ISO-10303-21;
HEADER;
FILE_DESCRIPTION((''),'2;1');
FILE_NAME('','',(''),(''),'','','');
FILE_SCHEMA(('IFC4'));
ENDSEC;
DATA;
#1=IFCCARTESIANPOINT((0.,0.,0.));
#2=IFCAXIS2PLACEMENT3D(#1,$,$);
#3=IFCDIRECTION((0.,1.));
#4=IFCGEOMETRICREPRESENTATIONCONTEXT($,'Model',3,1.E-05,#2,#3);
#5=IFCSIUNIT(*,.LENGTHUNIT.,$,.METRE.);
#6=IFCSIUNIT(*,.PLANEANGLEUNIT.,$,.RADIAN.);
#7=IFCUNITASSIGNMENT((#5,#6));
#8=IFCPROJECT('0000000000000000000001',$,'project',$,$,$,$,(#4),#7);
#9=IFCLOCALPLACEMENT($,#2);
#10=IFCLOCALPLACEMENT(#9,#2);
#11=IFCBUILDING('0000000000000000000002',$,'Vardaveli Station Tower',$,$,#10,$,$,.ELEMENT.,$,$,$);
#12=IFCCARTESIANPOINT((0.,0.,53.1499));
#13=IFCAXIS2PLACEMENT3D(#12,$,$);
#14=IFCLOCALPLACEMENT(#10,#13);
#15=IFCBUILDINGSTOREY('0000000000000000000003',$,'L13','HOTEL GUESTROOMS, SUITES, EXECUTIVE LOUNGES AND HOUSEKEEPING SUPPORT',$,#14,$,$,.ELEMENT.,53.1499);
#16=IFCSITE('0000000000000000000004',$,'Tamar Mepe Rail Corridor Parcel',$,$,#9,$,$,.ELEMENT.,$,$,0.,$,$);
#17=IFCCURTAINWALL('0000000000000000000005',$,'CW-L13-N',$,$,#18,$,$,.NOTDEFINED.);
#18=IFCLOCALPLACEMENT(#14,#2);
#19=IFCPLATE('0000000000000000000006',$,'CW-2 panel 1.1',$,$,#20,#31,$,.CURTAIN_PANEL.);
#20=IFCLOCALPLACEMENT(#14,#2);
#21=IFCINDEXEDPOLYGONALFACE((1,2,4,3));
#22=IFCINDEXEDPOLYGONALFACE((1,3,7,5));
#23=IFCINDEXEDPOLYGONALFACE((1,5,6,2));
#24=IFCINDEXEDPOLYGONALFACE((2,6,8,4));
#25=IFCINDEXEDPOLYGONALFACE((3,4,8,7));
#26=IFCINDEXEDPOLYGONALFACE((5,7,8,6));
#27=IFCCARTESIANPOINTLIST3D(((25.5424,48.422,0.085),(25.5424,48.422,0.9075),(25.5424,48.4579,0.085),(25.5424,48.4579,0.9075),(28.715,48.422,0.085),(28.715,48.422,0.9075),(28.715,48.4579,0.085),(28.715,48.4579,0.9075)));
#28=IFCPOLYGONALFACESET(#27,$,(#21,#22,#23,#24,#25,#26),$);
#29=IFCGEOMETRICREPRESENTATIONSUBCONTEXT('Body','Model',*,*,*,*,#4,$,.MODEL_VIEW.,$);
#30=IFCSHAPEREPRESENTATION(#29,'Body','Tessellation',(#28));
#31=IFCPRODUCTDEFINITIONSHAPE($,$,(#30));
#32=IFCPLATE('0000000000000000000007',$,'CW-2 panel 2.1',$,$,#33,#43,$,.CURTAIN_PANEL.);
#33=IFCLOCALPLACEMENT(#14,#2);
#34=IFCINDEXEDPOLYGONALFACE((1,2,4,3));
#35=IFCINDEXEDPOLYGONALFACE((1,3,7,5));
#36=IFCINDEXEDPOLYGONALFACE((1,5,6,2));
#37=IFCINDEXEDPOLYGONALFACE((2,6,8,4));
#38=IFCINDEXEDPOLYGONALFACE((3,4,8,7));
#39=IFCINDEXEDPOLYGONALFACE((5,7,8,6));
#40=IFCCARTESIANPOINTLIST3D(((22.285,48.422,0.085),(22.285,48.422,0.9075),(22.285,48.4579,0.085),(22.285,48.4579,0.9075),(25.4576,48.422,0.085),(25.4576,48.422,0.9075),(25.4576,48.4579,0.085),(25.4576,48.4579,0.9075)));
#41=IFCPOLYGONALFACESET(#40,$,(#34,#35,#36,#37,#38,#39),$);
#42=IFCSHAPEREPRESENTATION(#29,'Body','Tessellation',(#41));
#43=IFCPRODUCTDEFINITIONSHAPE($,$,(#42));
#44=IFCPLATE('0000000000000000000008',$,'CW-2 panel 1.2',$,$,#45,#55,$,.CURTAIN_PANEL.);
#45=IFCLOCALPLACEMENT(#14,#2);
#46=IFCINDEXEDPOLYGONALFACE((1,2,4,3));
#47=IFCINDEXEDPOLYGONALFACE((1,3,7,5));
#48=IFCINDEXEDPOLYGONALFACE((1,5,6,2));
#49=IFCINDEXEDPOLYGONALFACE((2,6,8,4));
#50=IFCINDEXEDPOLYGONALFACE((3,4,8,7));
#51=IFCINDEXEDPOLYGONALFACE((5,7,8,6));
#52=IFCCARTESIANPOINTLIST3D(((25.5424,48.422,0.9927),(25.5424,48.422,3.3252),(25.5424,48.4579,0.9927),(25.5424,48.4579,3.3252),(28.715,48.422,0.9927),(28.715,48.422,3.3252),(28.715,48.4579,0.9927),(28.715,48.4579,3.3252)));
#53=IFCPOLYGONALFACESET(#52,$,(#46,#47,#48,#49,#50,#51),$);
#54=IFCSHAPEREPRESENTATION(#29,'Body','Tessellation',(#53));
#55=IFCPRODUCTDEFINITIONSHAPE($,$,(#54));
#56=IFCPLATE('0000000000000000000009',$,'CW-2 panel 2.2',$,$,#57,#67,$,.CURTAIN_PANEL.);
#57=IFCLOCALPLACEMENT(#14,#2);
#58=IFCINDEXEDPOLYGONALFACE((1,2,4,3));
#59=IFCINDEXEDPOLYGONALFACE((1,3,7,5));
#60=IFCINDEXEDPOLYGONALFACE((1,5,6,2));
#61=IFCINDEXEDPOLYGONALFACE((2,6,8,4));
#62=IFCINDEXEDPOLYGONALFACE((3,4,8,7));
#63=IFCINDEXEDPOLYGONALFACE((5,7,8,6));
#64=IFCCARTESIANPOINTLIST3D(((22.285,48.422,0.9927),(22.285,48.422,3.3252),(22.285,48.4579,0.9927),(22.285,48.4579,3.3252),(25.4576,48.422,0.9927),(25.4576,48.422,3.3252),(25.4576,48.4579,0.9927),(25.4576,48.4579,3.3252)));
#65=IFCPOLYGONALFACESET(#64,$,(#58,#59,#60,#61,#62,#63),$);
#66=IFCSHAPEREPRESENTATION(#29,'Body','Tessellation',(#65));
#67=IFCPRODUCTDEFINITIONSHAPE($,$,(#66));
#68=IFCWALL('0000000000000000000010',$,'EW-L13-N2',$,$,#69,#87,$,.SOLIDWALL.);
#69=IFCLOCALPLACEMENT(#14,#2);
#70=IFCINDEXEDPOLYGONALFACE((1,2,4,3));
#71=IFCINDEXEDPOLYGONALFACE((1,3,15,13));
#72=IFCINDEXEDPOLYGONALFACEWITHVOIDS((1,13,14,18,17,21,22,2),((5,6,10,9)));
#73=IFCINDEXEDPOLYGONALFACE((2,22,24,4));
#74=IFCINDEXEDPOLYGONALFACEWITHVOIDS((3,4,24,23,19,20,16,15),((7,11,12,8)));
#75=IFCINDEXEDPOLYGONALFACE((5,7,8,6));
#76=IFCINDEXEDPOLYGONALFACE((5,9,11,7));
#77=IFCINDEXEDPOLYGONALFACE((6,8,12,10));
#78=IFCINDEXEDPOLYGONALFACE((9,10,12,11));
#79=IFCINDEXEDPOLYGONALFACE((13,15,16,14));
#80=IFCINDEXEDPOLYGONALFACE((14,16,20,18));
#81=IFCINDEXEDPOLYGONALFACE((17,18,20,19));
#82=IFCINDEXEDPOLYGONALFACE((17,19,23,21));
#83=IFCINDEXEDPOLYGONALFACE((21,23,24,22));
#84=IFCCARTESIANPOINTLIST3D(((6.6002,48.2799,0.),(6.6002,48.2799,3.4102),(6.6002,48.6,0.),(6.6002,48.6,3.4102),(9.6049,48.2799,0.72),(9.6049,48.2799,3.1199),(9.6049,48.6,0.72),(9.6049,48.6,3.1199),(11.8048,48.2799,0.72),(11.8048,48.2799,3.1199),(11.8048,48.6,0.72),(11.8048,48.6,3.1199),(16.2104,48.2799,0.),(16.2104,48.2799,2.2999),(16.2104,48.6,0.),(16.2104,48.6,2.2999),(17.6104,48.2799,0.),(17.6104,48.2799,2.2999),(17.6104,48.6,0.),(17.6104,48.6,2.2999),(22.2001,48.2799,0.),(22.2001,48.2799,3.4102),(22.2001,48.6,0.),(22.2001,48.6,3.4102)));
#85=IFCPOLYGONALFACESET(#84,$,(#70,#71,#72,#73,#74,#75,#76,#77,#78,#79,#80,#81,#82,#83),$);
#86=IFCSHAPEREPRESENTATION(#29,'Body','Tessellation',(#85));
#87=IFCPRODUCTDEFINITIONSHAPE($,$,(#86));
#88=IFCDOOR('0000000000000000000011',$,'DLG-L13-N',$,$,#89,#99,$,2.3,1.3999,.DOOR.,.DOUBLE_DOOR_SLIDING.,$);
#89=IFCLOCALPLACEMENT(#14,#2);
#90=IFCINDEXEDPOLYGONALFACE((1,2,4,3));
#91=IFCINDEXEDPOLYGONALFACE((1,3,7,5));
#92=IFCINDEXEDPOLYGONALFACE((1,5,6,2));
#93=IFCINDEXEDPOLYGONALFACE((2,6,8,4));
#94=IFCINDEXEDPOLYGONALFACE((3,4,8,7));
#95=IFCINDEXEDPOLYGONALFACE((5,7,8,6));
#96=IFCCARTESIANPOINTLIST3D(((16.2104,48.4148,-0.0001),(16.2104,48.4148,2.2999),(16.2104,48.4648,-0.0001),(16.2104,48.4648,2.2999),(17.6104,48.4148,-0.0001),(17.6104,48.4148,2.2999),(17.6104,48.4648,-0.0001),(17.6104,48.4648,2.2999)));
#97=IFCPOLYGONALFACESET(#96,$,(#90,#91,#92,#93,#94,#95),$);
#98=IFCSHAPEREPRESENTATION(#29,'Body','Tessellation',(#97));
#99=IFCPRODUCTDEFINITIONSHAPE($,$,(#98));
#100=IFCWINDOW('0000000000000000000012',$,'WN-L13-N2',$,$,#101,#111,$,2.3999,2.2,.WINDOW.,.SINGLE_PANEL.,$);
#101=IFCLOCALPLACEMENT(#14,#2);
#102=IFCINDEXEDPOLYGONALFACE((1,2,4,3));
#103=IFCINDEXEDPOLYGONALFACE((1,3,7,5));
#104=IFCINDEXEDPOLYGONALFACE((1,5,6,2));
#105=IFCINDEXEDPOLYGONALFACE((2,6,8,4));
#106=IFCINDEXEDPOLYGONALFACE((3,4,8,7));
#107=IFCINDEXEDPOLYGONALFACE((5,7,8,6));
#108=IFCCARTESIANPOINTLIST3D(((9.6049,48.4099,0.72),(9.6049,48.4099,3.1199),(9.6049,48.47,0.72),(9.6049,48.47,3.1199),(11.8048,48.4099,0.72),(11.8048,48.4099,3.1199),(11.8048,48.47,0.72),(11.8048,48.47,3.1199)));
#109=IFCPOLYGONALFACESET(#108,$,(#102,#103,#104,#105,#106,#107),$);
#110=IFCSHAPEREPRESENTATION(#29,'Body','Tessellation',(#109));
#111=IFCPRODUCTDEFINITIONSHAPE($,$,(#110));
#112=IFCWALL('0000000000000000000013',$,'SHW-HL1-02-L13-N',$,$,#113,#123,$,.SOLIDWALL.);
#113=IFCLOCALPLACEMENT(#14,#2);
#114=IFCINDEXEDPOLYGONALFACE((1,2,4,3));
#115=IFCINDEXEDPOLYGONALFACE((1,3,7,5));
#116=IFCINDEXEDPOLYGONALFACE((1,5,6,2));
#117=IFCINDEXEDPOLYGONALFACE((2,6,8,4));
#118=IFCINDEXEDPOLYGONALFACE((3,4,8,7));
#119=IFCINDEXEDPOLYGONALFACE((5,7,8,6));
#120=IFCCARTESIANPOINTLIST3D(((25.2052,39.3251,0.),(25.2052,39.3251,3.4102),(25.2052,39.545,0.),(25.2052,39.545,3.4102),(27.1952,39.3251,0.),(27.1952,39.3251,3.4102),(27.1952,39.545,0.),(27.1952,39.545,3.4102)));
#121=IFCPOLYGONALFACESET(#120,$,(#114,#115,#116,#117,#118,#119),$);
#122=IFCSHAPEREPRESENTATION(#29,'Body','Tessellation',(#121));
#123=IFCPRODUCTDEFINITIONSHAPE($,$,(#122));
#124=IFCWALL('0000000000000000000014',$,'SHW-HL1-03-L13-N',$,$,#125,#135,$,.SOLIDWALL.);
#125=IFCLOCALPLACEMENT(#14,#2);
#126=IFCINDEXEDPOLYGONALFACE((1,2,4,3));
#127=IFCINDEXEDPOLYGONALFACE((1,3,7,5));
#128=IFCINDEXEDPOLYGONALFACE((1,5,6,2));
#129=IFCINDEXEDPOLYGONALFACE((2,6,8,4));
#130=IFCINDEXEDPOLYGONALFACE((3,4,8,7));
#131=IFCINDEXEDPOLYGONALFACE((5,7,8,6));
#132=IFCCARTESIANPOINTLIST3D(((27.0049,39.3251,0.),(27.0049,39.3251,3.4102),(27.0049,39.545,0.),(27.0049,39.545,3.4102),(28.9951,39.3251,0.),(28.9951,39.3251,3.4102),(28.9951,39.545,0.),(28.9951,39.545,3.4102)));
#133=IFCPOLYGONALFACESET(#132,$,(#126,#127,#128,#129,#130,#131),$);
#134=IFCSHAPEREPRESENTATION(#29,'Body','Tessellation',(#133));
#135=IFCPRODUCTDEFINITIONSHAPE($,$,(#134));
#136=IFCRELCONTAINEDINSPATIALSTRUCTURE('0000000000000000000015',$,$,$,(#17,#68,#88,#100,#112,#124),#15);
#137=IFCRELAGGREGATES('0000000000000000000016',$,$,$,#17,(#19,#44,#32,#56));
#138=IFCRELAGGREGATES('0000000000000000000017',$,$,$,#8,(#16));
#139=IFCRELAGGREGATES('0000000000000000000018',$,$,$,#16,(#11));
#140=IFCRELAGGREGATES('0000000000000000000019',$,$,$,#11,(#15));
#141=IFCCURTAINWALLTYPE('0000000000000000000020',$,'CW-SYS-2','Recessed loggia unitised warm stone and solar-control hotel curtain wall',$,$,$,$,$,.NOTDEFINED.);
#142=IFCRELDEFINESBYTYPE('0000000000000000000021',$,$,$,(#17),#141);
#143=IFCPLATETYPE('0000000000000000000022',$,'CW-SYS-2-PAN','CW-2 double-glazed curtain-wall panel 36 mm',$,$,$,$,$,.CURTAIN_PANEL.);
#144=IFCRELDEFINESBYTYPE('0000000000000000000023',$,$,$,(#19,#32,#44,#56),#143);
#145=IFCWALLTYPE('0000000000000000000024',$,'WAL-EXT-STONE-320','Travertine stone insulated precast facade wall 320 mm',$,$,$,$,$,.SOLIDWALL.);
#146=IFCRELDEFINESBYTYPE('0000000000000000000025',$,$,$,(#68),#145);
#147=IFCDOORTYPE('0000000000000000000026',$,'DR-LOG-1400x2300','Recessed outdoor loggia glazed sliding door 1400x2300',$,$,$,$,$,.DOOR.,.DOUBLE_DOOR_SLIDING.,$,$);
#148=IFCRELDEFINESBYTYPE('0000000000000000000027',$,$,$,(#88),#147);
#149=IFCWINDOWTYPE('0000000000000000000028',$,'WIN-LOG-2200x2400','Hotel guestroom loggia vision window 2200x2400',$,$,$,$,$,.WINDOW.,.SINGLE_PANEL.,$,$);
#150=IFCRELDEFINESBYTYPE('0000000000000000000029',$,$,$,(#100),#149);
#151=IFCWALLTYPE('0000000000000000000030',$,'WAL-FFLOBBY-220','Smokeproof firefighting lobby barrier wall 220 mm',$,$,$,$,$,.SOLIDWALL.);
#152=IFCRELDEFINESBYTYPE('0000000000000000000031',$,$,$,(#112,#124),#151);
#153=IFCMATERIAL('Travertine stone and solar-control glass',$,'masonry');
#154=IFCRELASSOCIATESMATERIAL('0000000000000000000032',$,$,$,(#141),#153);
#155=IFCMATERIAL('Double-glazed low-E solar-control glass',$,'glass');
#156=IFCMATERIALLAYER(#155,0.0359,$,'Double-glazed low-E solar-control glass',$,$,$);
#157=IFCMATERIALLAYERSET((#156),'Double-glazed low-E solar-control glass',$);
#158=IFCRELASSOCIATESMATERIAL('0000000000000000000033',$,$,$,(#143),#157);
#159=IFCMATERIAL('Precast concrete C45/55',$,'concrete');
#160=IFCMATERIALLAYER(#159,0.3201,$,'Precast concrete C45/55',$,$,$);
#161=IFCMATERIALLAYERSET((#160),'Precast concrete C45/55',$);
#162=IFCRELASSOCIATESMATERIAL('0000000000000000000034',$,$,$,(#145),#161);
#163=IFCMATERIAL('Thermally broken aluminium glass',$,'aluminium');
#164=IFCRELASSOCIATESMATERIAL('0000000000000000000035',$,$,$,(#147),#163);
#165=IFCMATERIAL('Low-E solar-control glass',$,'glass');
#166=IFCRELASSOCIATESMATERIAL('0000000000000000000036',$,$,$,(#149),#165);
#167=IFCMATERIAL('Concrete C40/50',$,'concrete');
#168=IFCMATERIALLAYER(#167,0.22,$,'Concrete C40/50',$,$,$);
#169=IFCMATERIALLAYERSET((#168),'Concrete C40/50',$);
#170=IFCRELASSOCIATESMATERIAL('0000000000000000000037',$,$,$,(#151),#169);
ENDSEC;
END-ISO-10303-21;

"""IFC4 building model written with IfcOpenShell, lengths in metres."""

from ifc_helpers import new_model, si_unit, direction, frame, frame_2d, origin, origin_2d, place, context, subcontext, project, spatial, rectangle, extrude, source, transform, mapped, material, layer, layer_set, type_object, element, fill, aggregate, save


model = new_model("IFC4")

# Units and contexts
model_context = context("Model", 3, precision=1e-05, world=origin(), true_north=direction((0.0, 1.0)))
body_context = subcontext(model_context, "Body", "Model", "MODEL_VIEW")
ifc_project = project(units=[si_unit("LENGTHUNIT", "METRE"), si_unit("PLANEANGLEUNIT", "RADIAN")], contexts=[model_context])

# Site, building, storey
site_placement = place(None, origin())
site = spatial("IfcSite", under=ifc_project, at=site_placement, Name="Tamar Mepe Rail Corridor Parcel", CompositionType="ELEMENT", RefElevation=0.0)
building_placement = place(site_placement, origin())
building = spatial("IfcBuilding", under=site, at=building_placement, Name="Vardaveli Station Tower", CompositionType="ELEMENT")
storey_placement = place(building_placement, frame((0.0, 0.0, 53.1499)))
storey = spatial("IfcBuildingStorey", under=building, at=storey_placement, Name="L13", Description="HOTEL GUESTROOMS, SUITES, EXECUTIVE LOUNGES AND HOUSEKEEPING SUPPORT", CompositionType="ELEMENT", Elevation=53.1499)

# Shared definitions
ifc_material_1 = material(Name="Precast concrete C45/55", Category="concrete")

# Curtain wall, plates
ifc_material_2 = material(Name="Travertine stone and solar-control glass", Category="masonry")
curtain_wall_type = type_object("IfcCurtainWallType", Name="CW-SYS-2", Description="Recessed loggia unitised warm stone and solar-control hotel curtain wall", PredefinedType="NOTDEFINED", material=ifc_material_2)
curtain_wall_placement = place(storey_placement, origin())
curtain_wall = element("IfcCurtainWall", 1, at=curtain_wall_placement, inside=storey, type_object=curtain_wall_type, Name="CW-L13-N", PredefinedType="NOTDEFINED")
ifc_material_3 = material(Name="Double-glazed low-E solar-control glass", Category="glass")
ifc_layer_1 = layer(ifc_material_3, 0.0359, Name="Double-glazed low-E solar-control glass")
ifc_layer_set_1 = layer_set([ifc_layer_1], Name="Double-glazed low-E solar-control glass")
plate_type = type_object("IfcPlateType", Name="CW-SYS-2-PAN", Description="CW-2 double-glazed curtain-wall panel 36 mm", PredefinedType="CURTAIN_PANEL", material=ifc_layer_set_1)
shared_shape_1 = source(origin(), body_context, "Body", "SweptSolid", [
    extrude(rectangle(XDim=3.1726, YDim=0.0359, at=origin_2d()), origin(), (0.0, 0.0, 1.0), 0.8225),
])
plate_1_placement = place(storey_placement, frame((27.1287, 48.4399, 0.085), z_axis=(0.0, 0.0, 1.0), x_axis=(-1.0, 0.0, 0.0)))
plate_1 = element("IfcPlate", 2, at=plate_1_placement, type_object=plate_type, Name="CW-2 panel 1.1", PredefinedType="CURTAIN_PANEL", context=body_context, shape_type="MappedRepresentation", body=[
    mapped(shared_shape_1, transform((0.0, 0.0, 0.0), scale=1.0)),
])
plate_2_placement = place(storey_placement, frame((23.8713, 48.4399, 0.085), z_axis=(0.0, 0.0, 1.0), x_axis=(-1.0, 0.0, 0.0)))
plate_2 = element("IfcPlate", 3, at=plate_2_placement, type_object=plate_type, Name="CW-2 panel 2.1", PredefinedType="CURTAIN_PANEL", context=body_context, shape_type="MappedRepresentation", body=[
    mapped(shared_shape_1, transform((0.0, 0.0, 0.0), scale=1.0)),
])
shared_shape_2 = source(origin(), body_context, "Body", "SweptSolid", [
    extrude(rectangle(XDim=3.1726, YDim=0.0359, at=origin_2d()), origin(), (0.0, 0.0, 1.0), 2.3325),
])
plate_3_placement = place(storey_placement, frame((27.1287, 48.4399, 0.9927), z_axis=(0.0, 0.0, 1.0), x_axis=(-1.0, 0.0, 0.0)))
plate_3 = element("IfcPlate", 4, at=plate_3_placement, type_object=plate_type, Name="CW-2 panel 1.2", PredefinedType="CURTAIN_PANEL", context=body_context, shape_type="MappedRepresentation", body=[
    mapped(shared_shape_2, transform((0.0, 0.0, 0.0), scale=1.0)),
])
plate_4_placement = place(storey_placement, frame((23.8713, 48.4399, 0.9927), z_axis=(0.0, 0.0, 1.0), x_axis=(-1.0, 0.0, 0.0)))
plate_4 = element("IfcPlate", 5, at=plate_4_placement, type_object=plate_type, Name="CW-2 panel 2.2", PredefinedType="CURTAIN_PANEL", context=body_context, shape_type="MappedRepresentation", body=[
    mapped(shared_shape_2, transform((0.0, 0.0, 0.0), scale=1.0)),
])
aggregate(curtain_wall, [plate_1, plate_3, plate_2, plate_4])

# Wall, openings, door, window
ifc_layer_2 = layer(ifc_material_1, 0.3201, Name="Precast concrete C45/55")
ifc_layer_set_2 = layer_set([ifc_layer_2], Name="Precast concrete C45/55")
wall_type_1 = type_object("IfcWallType", Name="WAL-EXT-STONE-320", Description="Travertine stone insulated precast facade wall 320 mm", PredefinedType="SOLIDWALL", material=ifc_layer_set_2)
shared_shape_3 = source(origin(), body_context, "Body", "SweptSolid", [
    extrude(rectangle(XDim=15.5999, YDim=0.3201, at=frame_2d((7.7998, 0.0))), origin(), (0.0, 0.0, 1.0), 3.4102),
])
wall_1_placement = place(storey_placement, frame((22.2, 48.4399, 0.0), z_axis=(0.0, 0.0, 1.0), x_axis=(-1.0, 0.0, 0.0)))
wall_1 = element("IfcWall", 6, at=wall_1_placement, inside=storey, type_object=wall_type_1, Name="EW-L13-N2", PredefinedType="SOLIDWALL", context=body_context, shape_type="MappedRepresentation", body=[
    mapped(shared_shape_3, transform((0.0, 0.0, 0.0), scale=1.0)),
])
shared_shape_4 = source(origin(), body_context, "Body", "SweptSolid", [
    extrude(rectangle(XDim=1.3999, YDim=2.3, at=frame_2d((0.7, 1.1499))), frame((0.0, 0.1699, 0.0), z_axis=(0.0, -1.0, 0.0), x_axis=(1.0, 0.0, 0.0)), (0.0, 0.0, 1.0), 0.3401),
])
opening_1_placement = place(wall_1_placement, frame((4.5896, 0.0, 0.0)))
opening_1 = element("IfcOpeningElement", 7, at=opening_1_placement, cuts=wall_1, PredefinedType="OPENING", context=body_context, shape_type="MappedRepresentation", body=[
    mapped(shared_shape_4, transform((0.0, 0.0, 0.0), scale=1.0)),
])
shared_shape_5 = source(origin(), body_context, "Body", "SweptSolid", [
    extrude(rectangle(XDim=2.2, YDim=2.3999, at=frame_2d((1.1001, 1.2))), frame((0.0, 0.1699, 0.0), z_axis=(0.0, -1.0, 0.0), x_axis=(1.0, 0.0, 0.0)), (0.0, 0.0, 1.0), 0.3401),
])
opening_2_placement = place(wall_1_placement, frame((10.395, 0.0, 0.72)))
opening_2 = element("IfcOpeningElement", 8, at=opening_2_placement, cuts=wall_1, PredefinedType="OPENING", context=body_context, shape_type="MappedRepresentation", body=[
    mapped(shared_shape_5, transform((0.0, 0.0, 0.0), scale=1.0)),
])
ifc_material_4 = material(Name="Thermally broken aluminium glass", Category="aluminium")
door_type_1 = type_object("IfcDoorType", Name="DR-LOG-1400x2300", Description="Recessed outdoor loggia glazed sliding door 1400x2300", OperationType="DOUBLE_DOOR_SLIDING", PredefinedType="DOOR", material=ifc_material_4)
shared_shape_6 = source(origin(), body_context, "Body", "SweptSolid", [
    extrude(rectangle(XDim=1.3999, YDim=2.3, at=frame_2d((0.7, 1.1499))), frame((0.0, 0.0249, 0.0), z_axis=(0.0, -1.0, 0.0), x_axis=(1.0, 0.0, 0.0)), (0.0, 0.0, 1.0), 0.05),
])
door_1_placement = place(opening_1_placement, frame((1.3999, 0.0, 0.0), z_axis=(0.0, 0.0, 1.0), x_axis=(-1.0, 0.0, 0.0)))
door_1 = element("IfcDoor", 9, at=door_1_placement, inside=storey, type_object=door_type_1, Name="DLG-L13-N", OperationType="DOUBLE_DOOR_SLIDING", OverallHeight=2.3, OverallWidth=1.3999, PredefinedType="DOOR", context=body_context, shape_type="MappedRepresentation", body=[
    mapped(shared_shape_6, transform((0.0, 0.0, 0.0), scale=1.0)),
])
fill(opening_1, door_1)
ifc_material_5 = material(Name="Low-E solar-control glass", Category="glass")
window_type = type_object("IfcWindowType", Name="WIN-LOG-2200x2400", Description="Hotel guestroom loggia vision window 2200x2400", PartitioningType="SINGLE_PANEL", PredefinedType="WINDOW", material=ifc_material_5)
shared_shape_7 = source(origin(), body_context, "Body", "SweptSolid", [
    extrude(rectangle(XDim=2.2, YDim=2.3999, at=frame_2d((1.1001, 1.2))), frame((0.0, 0.03, 0.0), z_axis=(0.0, -1.0, 0.0), x_axis=(1.0, 0.0, 0.0)), (0.0, 0.0, 1.0), 0.0601),
])
window_placement = place(opening_2_placement, origin())
window = element("IfcWindow", 10, at=window_placement, inside=storey, type_object=window_type, Name="WN-L13-N2", OverallHeight=2.3999, OverallWidth=2.2, PartitioningType="SINGLE_PANEL", PredefinedType="WINDOW", context=body_context, shape_type="MappedRepresentation", body=[
    mapped(shared_shape_7, transform((0.0, 0.0, 0.0), scale=1.0)),
])
fill(opening_2, window)

# Walls
ifc_material_6 = material(Name="Concrete C40/50", Category="concrete")
ifc_layer_3 = layer(ifc_material_6, 0.22, Name="Concrete C40/50")
ifc_layer_set_3 = layer_set([ifc_layer_3], Name="Concrete C40/50")
wall_type_2 = type_object("IfcWallType", Name="WAL-FFLOBBY-220", Description="Smokeproof firefighting lobby barrier wall 220 mm", PredefinedType="SOLIDWALL", material=ifc_layer_set_3)
shared_shape_8 = source(origin(), body_context, "Body", "SweptSolid", [
    extrude(rectangle(XDim=1.99, YDim=0.22, at=frame_2d((0.9951, 0.0))), origin(), (0.0, 0.0, 1.0), 3.4102),
])
wall_2_placement = place(storey_placement, frame((25.2051, 39.4351, 0.0), z_axis=(0.0, 0.0, 1.0), x_axis=(1.0, 0.0, 0.0)))
element("IfcWall", 11, at=wall_2_placement, inside=storey, type_object=wall_type_2, Name="SHW-HL1-02-L13-N", PredefinedType="SOLIDWALL", context=body_context, shape_type="MappedRepresentation", body=[
    mapped(shared_shape_8, transform((0.0, 0.0, 0.0), scale=1.0)),
])
shared_shape_9 = source(origin(), body_context, "Body", "SweptSolid", [
    extrude(rectangle(XDim=1.9902, YDim=0.22, at=frame_2d((0.9951, 0.0))), origin(), (0.0, 0.0, 1.0), 3.4102),
])
wall_3_placement = place(storey_placement, frame((27.0049, 39.4351, 0.0), z_axis=(0.0, 0.0, 1.0), x_axis=(1.0, 0.0, 0.0)))
element("IfcWall", 12, at=wall_3_placement, inside=storey, type_object=wall_type_2, Name="SHW-HL1-03-L13-N", PredefinedType="SOLIDWALL", context=body_context, shape_type="MappedRepresentation", body=[
    mapped(shared_shape_9, transform((0.0, 0.0, 0.0), scale=1.0)),
])

save(model, "model.ifc")
